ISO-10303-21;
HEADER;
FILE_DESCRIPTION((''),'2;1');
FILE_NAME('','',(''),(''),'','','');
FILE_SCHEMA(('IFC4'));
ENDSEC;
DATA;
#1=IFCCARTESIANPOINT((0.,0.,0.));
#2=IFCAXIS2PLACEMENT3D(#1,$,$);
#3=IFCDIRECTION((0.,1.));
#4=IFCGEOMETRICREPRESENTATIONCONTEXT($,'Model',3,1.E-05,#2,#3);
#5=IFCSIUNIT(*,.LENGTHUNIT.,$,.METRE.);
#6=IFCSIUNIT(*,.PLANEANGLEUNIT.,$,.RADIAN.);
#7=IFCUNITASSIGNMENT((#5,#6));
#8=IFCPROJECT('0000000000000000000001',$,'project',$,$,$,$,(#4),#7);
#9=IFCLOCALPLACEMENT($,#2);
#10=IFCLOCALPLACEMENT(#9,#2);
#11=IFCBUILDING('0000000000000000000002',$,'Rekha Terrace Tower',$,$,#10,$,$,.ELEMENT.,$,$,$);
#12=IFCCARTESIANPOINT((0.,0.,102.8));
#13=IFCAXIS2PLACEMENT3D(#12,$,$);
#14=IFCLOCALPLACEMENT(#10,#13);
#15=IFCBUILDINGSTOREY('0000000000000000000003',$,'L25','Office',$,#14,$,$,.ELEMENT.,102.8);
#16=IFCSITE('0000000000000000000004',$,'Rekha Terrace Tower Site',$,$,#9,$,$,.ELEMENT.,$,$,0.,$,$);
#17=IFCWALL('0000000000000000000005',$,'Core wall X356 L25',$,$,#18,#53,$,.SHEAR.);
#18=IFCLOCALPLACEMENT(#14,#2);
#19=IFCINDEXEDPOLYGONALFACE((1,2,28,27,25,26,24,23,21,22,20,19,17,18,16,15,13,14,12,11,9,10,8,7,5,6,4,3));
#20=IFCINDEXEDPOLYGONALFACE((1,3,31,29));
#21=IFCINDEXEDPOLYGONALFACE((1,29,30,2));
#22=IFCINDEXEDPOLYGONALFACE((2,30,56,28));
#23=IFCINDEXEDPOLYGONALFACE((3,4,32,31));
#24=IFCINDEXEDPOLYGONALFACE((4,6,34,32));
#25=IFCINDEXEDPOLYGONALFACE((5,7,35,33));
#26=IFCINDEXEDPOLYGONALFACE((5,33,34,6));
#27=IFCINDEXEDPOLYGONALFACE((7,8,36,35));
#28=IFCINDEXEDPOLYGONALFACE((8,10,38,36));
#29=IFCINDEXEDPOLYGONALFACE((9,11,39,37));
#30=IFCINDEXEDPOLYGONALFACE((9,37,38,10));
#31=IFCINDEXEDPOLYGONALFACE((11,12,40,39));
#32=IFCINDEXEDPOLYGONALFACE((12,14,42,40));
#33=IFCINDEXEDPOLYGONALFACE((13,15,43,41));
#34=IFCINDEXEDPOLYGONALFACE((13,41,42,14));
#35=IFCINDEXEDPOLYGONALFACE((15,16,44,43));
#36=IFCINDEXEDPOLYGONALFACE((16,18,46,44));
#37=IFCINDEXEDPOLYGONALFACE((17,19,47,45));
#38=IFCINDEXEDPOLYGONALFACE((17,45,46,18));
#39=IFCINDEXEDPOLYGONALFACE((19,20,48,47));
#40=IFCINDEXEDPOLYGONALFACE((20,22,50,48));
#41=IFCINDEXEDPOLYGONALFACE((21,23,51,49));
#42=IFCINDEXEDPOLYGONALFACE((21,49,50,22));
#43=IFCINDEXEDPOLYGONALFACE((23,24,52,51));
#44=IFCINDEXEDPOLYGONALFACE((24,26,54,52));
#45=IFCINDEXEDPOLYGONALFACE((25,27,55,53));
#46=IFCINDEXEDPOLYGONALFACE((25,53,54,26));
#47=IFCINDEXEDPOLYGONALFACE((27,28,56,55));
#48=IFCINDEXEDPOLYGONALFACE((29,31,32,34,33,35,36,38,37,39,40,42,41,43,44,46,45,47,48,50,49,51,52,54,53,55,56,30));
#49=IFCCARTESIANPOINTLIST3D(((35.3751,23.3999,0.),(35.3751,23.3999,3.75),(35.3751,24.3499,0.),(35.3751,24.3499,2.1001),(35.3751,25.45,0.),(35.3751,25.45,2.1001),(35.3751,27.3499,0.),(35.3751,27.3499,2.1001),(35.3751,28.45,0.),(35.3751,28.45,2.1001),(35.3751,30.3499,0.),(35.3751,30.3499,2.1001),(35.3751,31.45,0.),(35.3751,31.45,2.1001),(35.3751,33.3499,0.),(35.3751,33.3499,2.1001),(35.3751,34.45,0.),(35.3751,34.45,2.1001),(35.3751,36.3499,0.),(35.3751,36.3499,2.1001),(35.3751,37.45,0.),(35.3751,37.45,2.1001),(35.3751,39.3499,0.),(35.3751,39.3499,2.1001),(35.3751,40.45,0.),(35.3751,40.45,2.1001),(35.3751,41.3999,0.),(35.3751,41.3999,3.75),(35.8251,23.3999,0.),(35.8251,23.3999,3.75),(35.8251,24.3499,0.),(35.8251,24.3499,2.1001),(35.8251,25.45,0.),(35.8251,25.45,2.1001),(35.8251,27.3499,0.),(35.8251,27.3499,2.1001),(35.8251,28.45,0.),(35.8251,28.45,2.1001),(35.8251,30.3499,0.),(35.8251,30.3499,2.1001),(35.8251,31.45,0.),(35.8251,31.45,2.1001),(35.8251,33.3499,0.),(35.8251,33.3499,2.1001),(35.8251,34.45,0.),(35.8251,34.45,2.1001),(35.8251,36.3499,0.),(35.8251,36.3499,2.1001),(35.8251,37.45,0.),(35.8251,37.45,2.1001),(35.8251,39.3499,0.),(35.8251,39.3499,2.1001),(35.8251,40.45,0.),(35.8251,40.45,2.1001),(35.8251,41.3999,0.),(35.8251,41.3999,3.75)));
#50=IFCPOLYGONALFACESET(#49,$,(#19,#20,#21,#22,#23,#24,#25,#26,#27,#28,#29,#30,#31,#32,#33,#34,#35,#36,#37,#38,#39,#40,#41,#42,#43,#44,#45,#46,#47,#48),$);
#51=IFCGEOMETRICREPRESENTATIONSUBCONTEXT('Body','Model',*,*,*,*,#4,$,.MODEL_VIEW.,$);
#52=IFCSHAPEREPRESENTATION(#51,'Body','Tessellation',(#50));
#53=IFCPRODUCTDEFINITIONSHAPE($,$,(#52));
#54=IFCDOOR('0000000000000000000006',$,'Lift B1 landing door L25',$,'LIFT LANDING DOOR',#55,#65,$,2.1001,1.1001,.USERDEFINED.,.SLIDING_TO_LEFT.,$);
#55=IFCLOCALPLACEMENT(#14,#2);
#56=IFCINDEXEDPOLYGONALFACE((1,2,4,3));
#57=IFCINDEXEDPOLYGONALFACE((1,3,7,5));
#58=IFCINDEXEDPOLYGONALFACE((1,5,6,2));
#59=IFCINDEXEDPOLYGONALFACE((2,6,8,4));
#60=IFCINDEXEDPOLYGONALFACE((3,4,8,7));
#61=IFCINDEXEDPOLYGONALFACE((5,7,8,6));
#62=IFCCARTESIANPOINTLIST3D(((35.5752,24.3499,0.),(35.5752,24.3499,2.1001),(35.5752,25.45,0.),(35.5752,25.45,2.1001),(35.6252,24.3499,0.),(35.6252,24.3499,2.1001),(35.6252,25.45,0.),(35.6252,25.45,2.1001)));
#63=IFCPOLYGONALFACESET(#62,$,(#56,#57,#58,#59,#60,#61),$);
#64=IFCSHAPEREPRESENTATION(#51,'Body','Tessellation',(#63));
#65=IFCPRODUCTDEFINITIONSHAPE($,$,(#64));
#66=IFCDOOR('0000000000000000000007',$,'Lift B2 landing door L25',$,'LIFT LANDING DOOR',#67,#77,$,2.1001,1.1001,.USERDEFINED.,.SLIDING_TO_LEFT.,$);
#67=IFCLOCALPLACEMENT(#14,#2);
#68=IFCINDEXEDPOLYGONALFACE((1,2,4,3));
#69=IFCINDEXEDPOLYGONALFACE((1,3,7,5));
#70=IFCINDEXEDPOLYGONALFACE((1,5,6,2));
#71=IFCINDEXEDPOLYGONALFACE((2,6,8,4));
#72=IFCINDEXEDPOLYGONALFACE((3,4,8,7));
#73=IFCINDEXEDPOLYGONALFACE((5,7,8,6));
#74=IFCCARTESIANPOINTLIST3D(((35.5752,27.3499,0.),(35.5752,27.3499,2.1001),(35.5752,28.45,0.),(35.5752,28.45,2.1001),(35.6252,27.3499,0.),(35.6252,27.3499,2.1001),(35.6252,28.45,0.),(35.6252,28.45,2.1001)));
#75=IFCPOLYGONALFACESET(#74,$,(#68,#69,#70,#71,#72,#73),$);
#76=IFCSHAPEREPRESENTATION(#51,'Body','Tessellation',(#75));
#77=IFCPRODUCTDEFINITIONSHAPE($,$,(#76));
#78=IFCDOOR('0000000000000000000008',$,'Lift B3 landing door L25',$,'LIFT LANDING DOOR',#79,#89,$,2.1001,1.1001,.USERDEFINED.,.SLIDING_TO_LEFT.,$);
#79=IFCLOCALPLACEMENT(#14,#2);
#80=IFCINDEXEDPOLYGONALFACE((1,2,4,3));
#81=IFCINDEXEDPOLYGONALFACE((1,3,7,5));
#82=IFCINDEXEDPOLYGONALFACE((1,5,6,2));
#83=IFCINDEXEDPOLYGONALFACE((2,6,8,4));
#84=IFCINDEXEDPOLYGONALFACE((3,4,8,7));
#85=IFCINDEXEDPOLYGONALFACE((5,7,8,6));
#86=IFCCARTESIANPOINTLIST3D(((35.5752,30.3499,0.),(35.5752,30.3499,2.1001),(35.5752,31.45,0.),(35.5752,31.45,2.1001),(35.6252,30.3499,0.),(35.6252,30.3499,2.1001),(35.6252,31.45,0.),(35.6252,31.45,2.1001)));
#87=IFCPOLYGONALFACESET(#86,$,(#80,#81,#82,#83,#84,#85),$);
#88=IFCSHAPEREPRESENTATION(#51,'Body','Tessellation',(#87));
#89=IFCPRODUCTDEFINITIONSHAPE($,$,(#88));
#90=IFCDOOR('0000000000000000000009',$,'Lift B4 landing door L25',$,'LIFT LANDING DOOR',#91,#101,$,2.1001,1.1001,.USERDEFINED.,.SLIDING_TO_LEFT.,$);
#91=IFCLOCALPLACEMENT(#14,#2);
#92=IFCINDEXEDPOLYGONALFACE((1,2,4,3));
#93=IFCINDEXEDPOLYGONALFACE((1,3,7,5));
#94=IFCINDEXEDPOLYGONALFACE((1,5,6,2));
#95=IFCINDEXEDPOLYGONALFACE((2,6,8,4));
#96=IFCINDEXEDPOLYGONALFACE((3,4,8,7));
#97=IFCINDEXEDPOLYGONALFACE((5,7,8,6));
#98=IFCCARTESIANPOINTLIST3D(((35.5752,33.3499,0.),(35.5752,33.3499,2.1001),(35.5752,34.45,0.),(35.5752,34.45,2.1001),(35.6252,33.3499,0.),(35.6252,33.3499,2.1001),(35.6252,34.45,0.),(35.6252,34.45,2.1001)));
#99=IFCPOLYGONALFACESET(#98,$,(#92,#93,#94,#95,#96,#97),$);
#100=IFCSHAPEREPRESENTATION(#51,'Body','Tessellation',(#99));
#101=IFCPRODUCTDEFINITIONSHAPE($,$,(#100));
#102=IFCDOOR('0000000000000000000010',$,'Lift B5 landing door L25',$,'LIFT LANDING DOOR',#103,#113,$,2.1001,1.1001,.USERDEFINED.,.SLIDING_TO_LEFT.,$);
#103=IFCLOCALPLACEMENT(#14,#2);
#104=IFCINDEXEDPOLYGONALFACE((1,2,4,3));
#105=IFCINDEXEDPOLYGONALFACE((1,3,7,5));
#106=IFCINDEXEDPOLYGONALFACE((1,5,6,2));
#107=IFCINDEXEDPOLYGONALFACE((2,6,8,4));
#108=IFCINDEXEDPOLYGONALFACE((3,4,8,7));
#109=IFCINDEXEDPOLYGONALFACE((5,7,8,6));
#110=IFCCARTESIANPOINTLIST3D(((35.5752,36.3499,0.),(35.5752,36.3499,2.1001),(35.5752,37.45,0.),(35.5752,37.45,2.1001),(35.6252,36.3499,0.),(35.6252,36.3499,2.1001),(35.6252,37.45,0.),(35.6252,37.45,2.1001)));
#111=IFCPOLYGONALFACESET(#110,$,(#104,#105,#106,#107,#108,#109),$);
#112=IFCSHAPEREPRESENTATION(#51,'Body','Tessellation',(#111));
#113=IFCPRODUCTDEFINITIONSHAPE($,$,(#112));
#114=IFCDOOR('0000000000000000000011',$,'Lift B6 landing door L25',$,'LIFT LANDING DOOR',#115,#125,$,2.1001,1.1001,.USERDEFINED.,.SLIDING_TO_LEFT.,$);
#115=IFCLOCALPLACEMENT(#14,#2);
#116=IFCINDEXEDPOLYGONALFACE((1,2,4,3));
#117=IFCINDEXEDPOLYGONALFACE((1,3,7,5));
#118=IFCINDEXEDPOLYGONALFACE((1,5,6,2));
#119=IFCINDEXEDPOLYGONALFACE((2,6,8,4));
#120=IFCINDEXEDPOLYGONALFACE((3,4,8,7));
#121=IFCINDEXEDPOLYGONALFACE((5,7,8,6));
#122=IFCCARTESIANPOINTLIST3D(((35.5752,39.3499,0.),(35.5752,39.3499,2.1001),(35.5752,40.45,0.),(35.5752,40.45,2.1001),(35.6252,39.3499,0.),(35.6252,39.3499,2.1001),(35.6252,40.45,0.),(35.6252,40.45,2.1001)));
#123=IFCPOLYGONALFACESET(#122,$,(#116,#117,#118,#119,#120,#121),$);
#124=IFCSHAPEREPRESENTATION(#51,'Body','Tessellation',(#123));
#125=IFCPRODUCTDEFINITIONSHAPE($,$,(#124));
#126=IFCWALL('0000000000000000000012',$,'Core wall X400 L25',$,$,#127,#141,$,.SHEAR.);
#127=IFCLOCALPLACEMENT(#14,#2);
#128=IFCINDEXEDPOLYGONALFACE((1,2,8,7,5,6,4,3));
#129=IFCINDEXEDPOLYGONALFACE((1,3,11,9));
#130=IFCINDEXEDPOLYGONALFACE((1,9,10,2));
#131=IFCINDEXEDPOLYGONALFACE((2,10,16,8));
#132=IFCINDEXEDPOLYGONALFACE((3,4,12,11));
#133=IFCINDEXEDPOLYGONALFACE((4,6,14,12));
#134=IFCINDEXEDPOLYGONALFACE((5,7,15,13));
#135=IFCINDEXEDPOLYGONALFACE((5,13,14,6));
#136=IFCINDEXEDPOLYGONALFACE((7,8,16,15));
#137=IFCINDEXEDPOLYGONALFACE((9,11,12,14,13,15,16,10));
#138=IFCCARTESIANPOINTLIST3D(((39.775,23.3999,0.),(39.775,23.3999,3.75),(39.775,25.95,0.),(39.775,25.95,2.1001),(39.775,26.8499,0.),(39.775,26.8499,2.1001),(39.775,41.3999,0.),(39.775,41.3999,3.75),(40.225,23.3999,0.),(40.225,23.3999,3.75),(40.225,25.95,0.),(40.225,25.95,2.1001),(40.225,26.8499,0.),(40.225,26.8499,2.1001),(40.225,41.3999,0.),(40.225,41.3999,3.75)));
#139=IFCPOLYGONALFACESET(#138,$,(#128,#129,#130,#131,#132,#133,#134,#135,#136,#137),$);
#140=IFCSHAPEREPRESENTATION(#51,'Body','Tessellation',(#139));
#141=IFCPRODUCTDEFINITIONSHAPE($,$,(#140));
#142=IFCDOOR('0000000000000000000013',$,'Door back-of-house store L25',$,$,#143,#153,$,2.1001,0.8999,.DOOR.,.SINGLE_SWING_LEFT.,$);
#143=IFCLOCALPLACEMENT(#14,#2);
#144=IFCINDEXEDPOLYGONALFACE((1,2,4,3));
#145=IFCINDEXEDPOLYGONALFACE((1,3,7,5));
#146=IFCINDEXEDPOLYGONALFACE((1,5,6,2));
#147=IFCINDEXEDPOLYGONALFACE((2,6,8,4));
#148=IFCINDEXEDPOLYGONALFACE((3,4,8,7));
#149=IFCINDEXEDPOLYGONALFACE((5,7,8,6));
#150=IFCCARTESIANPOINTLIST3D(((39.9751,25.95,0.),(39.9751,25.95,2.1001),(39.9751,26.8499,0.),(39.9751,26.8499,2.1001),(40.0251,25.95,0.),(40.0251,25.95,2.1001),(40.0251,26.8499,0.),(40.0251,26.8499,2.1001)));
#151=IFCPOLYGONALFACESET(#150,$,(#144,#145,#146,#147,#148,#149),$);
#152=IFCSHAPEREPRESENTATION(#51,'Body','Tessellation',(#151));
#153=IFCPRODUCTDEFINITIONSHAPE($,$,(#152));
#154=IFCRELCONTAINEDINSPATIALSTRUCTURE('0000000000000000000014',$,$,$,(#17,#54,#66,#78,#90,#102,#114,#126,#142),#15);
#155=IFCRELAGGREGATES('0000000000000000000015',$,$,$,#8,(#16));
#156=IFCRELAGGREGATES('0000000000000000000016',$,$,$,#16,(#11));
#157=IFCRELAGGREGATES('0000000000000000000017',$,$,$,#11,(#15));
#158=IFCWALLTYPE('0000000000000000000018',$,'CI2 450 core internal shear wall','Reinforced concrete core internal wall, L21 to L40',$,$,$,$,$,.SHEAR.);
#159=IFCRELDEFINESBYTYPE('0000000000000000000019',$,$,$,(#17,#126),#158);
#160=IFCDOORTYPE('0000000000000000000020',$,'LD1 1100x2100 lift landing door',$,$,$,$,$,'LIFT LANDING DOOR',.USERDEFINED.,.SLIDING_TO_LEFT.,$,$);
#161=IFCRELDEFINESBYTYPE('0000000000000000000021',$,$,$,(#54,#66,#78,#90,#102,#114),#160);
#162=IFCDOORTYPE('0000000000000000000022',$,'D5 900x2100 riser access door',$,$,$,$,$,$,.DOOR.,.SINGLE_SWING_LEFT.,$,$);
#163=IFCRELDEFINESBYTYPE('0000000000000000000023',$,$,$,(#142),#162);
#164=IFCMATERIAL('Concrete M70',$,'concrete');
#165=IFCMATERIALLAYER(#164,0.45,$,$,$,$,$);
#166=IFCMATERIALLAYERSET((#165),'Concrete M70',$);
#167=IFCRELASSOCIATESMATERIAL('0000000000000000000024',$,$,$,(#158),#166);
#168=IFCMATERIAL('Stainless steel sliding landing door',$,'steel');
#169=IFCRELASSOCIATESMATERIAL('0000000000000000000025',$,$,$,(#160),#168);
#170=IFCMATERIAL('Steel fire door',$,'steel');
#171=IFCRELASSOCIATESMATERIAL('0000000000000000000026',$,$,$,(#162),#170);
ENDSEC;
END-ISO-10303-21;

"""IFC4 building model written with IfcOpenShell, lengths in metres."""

from ifc_helpers import new_model, si_unit, direction, frame, frame_2d, origin, place, context, subcontext, project, spatial, rectangle, extrude, material, layer, layer_set, type_object, element, fill, save


model = new_model("IFC4")

# Units and contexts
model_context = context("Model", 3, precision=1e-05, world=origin(), true_north=direction((0.0, 1.0)))
body_context = subcontext(model_context, "Body", "Model", "MODEL_VIEW")
ifc_project = project(units=[si_unit("LENGTHUNIT", "METRE"), si_unit("PLANEANGLEUNIT", "RADIAN")], contexts=[model_context])

# Site, building, storey
site_placement = place(None, origin())
site = spatial("IfcSite", under=ifc_project, at=site_placement, Name="Rekha Terrace Tower Site", CompositionType="ELEMENT", RefElevation=0.0)
building_placement = place(site_placement, origin())
building = spatial("IfcBuilding", under=site, at=building_placement, Name="Rekha Terrace Tower", CompositionType="ELEMENT")
storey_placement = place(building_placement, frame((0.0, 0.0, 102.8)))
storey = spatial("IfcBuildingStorey", under=building, at=storey_placement, Name="L25", Description="Office", CompositionType="ELEMENT", Elevation=102.8)

# Wall, openings, doors
ifc_material_1 = material(Name="Concrete M70", Category="concrete")
ifc_layer_1 = layer(ifc_material_1, 0.45)
ifc_layer_set_1 = layer_set([ifc_layer_1], Name="Concrete M70")
wall_type_1 = type_object("IfcWallType", Name="CI2 450 core internal shear wall", Description="Reinforced concrete core internal wall, L21 to L40", PredefinedType="SHEAR", material=ifc_layer_set_1)
wall_1_placement = place(storey_placement, frame((35.6001, 23.3999, 0.0), z_axis=(0.0, 0.0, 1.0), x_axis=(0.0, 1.0, 0.0)))
wall_1 = element("IfcWall", 1, at=wall_1_placement, inside=storey, type_object=wall_type_1, Name="Core wall X356 L25", PredefinedType="SHEAR", context=body_context, shape_type="SweptSolid", body=[
    extrude(rectangle(XDim=18.0, YDim=0.45, at=frame_2d((9.0, 0.0))), origin(), (0.0, 0.0, 1.0), 3.75),
])
opening_1_placement = place(wall_1_placement, frame((0.95, 0.0, 0.0)))
opening_1 = element("IfcOpeningElement", 2, at=opening_1_placement, cuts=wall_1, PredefinedType="OPENING", context=body_context, shape_type="SweptSolid", body=[
    extrude(rectangle(XDim=1.1001, YDim=2.1001, at=frame_2d((0.55, 1.05))), frame((0.0, 0.2349, 0.0), z_axis=(0.0, -1.0, 0.0), x_axis=(1.0, 0.0, 0.0)), (0.0, 0.0, 1.0), 0.47),
])
opening_2_placement = place(wall_1_placement, frame((3.95, 0.0, 0.0)))
opening_2 = element("IfcOpeningElement", 3, at=opening_2_placement, cuts=wall_1, PredefinedType="OPENING", context=body_context, shape_type="SweptSolid", body=[
    extrude(rectangle(XDim=1.1001, YDim=2.1001, at=frame_2d((0.55, 1.05))), frame((0.0, 0.2349, 0.0), z_axis=(0.0, -1.0, 0.0), x_axis=(1.0, 0.0, 0.0)), (0.0, 0.0, 1.0), 0.47),
])
opening_3_placement = place(wall_1_placement, frame((6.95, 0.0, 0.0)))
opening_3 = element("IfcOpeningElement", 4, at=opening_3_placement, cuts=wall_1, PredefinedType="OPENING", context=body_context, shape_type="SweptSolid", body=[
    extrude(rectangle(XDim=1.1001, YDim=2.1001, at=frame_2d((0.55, 1.05))), frame((0.0, 0.2349, 0.0), z_axis=(0.0, -1.0, 0.0), x_axis=(1.0, 0.0, 0.0)), (0.0, 0.0, 1.0), 0.47),
])
opening_4_placement = place(wall_1_placement, frame((9.95, 0.0, 0.0)))
opening_4 = element("IfcOpeningElement", 5, at=opening_4_placement, cuts=wall_1, PredefinedType="OPENING", context=body_context, shape_type="SweptSolid", body=[
    extrude(rectangle(XDim=1.1001, YDim=2.1001, at=frame_2d((0.55, 1.05))), frame((0.0, 0.2349, 0.0), z_axis=(0.0, -1.0, 0.0), x_axis=(1.0, 0.0, 0.0)), (0.0, 0.0, 1.0), 0.47),
])
opening_5_placement = place(wall_1_placement, frame((12.95, 0.0, 0.0)))
opening_5 = element("IfcOpeningElement", 6, at=opening_5_placement, cuts=wall_1, PredefinedType="OPENING", context=body_context, shape_type="SweptSolid", body=[
    extrude(rectangle(XDim=1.1001, YDim=2.1001, at=frame_2d((0.55, 1.05))), frame((0.0, 0.2349, 0.0), z_axis=(0.0, -1.0, 0.0), x_axis=(1.0, 0.0, 0.0)), (0.0, 0.0, 1.0), 0.47),
])
opening_6_placement = place(wall_1_placement, frame((15.95, 0.0, 0.0)))
opening_6 = element("IfcOpeningElement", 7, at=opening_6_placement, cuts=wall_1, PredefinedType="OPENING", context=body_context, shape_type="SweptSolid", body=[
    extrude(rectangle(XDim=1.1001, YDim=2.1001, at=frame_2d((0.55, 1.05))), frame((0.0, 0.2349, 0.0), z_axis=(0.0, -1.0, 0.0), x_axis=(1.0, 0.0, 0.0)), (0.0, 0.0, 1.0), 0.47),
])
ifc_material_2 = material(Name="Stainless steel sliding landing door", Category="steel")
door_type_1 = type_object("IfcDoorType", Name="LD1 1100x2100 lift landing door", ElementType="LIFT LANDING DOOR", OperationType="SLIDING_TO_LEFT", PredefinedType="USERDEFINED", material=ifc_material_2)
door_1_placement = place(opening_1_placement, origin())
door_1 = element("IfcDoor", 8, at=door_1_placement, inside=storey, type_object=door_type_1, Name="Lift B1 landing door L25", ObjectType="LIFT LANDING DOOR", OperationType="SLIDING_TO_LEFT", OverallHeight=2.1001, OverallWidth=1.1001, PredefinedType="USERDEFINED", context=body_context, shape_type="SweptSolid", body=[
    extrude(rectangle(XDim=1.1001, YDim=2.1001, at=frame_2d((0.55, 1.05))), frame((0.0, 0.0249, 0.0), z_axis=(0.0, -1.0, 0.0), x_axis=(1.0, 0.0, 0.0)), (0.0, 0.0, 1.0), 0.05),
])
fill(opening_1, door_1)
door_2_placement = place(opening_2_placement, origin())
door_2 = element("IfcDoor", 9, at=door_2_placement, inside=storey, type_object=door_type_1, Name="Lift B2 landing door L25", ObjectType="LIFT LANDING DOOR", OperationType="SLIDING_TO_LEFT", OverallHeight=2.1001, OverallWidth=1.1001, PredefinedType="USERDEFINED", context=body_context, shape_type="SweptSolid", body=[
    extrude(rectangle(XDim=1.1001, YDim=2.1001, at=frame_2d((0.55, 1.05))), frame((0.0, 0.0249, 0.0), z_axis=(0.0, -1.0, 0.0), x_axis=(1.0, 0.0, 0.0)), (0.0, 0.0, 1.0), 0.05),
])
fill(opening_2, door_2)
door_3_placement = place(opening_3_placement, origin())
door_3 = element("IfcDoor", 10, at=door_3_placement, inside=storey, type_object=door_type_1, Name="Lift B3 landing door L25", ObjectType="LIFT LANDING DOOR", OperationType="SLIDING_TO_LEFT", OverallHeight=2.1001, OverallWidth=1.1001, PredefinedType="USERDEFINED", context=body_context, shape_type="SweptSolid", body=[
    extrude(rectangle(XDim=1.1001, YDim=2.1001, at=frame_2d((0.55, 1.05))), frame((0.0, 0.0249, 0.0), z_axis=(0.0, -1.0, 0.0), x_axis=(1.0, 0.0, 0.0)), (0.0, 0.0, 1.0), 0.05),
])
fill(opening_3, door_3)
door_4_placement = place(opening_4_placement, origin())
door_4 = element("IfcDoor", 11, at=door_4_placement, inside=storey, type_object=door_type_1, Name="Lift B4 landing door L25", ObjectType="LIFT LANDING DOOR", OperationType="SLIDING_TO_LEFT", OverallHeight=2.1001, OverallWidth=1.1001, PredefinedType="USERDEFINED", context=body_context, shape_type="SweptSolid", body=[
    extrude(rectangle(XDim=1.1001, YDim=2.1001, at=frame_2d((0.55, 1.05))), frame((0.0, 0.0249, 0.0), z_axis=(0.0, -1.0, 0.0), x_axis=(1.0, 0.0, 0.0)), (0.0, 0.0, 1.0), 0.05),
])
fill(opening_4, door_4)
door_5_placement = place(opening_5_placement, origin())
door_5 = element("IfcDoor", 12, at=door_5_placement, inside=storey, type_object=door_type_1, Name="Lift B5 landing door L25", ObjectType="LIFT LANDING DOOR", OperationType="SLIDING_TO_LEFT", OverallHeight=2.1001, OverallWidth=1.1001, PredefinedType="USERDEFINED", context=body_context, shape_type="SweptSolid", body=[
    extrude(rectangle(XDim=1.1001, YDim=2.1001, at=frame_2d((0.55, 1.05))), frame((0.0, 0.0249, 0.0), z_axis=(0.0, -1.0, 0.0), x_axis=(1.0, 0.0, 0.0)), (0.0, 0.0, 1.0), 0.05),
])
fill(opening_5, door_5)
door_6_placement = place(opening_6_placement, origin())
door_6 = element("IfcDoor", 13, at=door_6_placement, inside=storey, type_object=door_type_1, Name="Lift B6 landing door L25", ObjectType="LIFT LANDING DOOR", OperationType="SLIDING_TO_LEFT", OverallHeight=2.1001, OverallWidth=1.1001, PredefinedType="USERDEFINED", context=body_context, shape_type="SweptSolid", body=[
    extrude(rectangle(XDim=1.1001, YDim=2.1001, at=frame_2d((0.55, 1.05))), frame((0.0, 0.0249, 0.0), z_axis=(0.0, -1.0, 0.0), x_axis=(1.0, 0.0, 0.0)), (0.0, 0.0, 1.0), 0.05),
])
fill(opening_6, door_6)

# Wall, opening, door
wall_2_placement = place(storey_placement, frame((40.0, 23.3999, 0.0), z_axis=(0.0, 0.0, 1.0), x_axis=(0.0, 1.0, 0.0)))
wall_2 = element("IfcWall", 14, at=wall_2_placement, inside=storey, type_object=wall_type_1, Name="Core wall X400 L25", PredefinedType="SHEAR", context=body_context, shape_type="SweptSolid", body=[
    extrude(rectangle(XDim=18.0, YDim=0.45, at=frame_2d((9.0, 0.0))), origin(), (0.0, 0.0, 1.0), 3.75),
])
opening_7_placement = place(wall_2_placement, frame((2.55, 0.0, 0.0)))
opening_7 = element("IfcOpeningElement", 15, at=opening_7_placement, cuts=wall_2, PredefinedType="OPENING", context=body_context, shape_type="SweptSolid", body=[
    extrude(rectangle(XDim=0.8999, YDim=2.1001, at=frame_2d((0.45, 1.05))), frame((0.0, 0.2349, 0.0), z_axis=(0.0, -1.0, 0.0), x_axis=(1.0, 0.0, 0.0)), (0.0, 0.0, 1.0), 0.47),
])
ifc_material_3 = material(Name="Steel fire door", Category="steel")
door_type_2 = type_object("IfcDoorType", Name="D5 900x2100 riser access door", OperationType="SINGLE_SWING_LEFT", PredefinedType="DOOR", material=ifc_material_3)
door_7_placement = place(opening_7_placement, origin())
door_7 = element("IfcDoor", 16, at=door_7_placement, inside=storey, type_object=door_type_2, Name="Door back-of-house store L25", OperationType="SINGLE_SWING_LEFT", OverallHeight=2.1001, OverallWidth=0.8999, PredefinedType="DOOR", context=body_context, shape_type="SweptSolid", body=[
    extrude(rectangle(XDim=0.8999, YDim=2.1001, at=frame_2d((0.45, 1.05))), frame((0.0, 0.0249, 0.0), z_axis=(0.0, -1.0, 0.0), x_axis=(1.0, 0.0, 0.0)), (0.0, 0.0, 1.0), 0.05),
])
fill(opening_7, door_7)

save(model, "model.ifc")
